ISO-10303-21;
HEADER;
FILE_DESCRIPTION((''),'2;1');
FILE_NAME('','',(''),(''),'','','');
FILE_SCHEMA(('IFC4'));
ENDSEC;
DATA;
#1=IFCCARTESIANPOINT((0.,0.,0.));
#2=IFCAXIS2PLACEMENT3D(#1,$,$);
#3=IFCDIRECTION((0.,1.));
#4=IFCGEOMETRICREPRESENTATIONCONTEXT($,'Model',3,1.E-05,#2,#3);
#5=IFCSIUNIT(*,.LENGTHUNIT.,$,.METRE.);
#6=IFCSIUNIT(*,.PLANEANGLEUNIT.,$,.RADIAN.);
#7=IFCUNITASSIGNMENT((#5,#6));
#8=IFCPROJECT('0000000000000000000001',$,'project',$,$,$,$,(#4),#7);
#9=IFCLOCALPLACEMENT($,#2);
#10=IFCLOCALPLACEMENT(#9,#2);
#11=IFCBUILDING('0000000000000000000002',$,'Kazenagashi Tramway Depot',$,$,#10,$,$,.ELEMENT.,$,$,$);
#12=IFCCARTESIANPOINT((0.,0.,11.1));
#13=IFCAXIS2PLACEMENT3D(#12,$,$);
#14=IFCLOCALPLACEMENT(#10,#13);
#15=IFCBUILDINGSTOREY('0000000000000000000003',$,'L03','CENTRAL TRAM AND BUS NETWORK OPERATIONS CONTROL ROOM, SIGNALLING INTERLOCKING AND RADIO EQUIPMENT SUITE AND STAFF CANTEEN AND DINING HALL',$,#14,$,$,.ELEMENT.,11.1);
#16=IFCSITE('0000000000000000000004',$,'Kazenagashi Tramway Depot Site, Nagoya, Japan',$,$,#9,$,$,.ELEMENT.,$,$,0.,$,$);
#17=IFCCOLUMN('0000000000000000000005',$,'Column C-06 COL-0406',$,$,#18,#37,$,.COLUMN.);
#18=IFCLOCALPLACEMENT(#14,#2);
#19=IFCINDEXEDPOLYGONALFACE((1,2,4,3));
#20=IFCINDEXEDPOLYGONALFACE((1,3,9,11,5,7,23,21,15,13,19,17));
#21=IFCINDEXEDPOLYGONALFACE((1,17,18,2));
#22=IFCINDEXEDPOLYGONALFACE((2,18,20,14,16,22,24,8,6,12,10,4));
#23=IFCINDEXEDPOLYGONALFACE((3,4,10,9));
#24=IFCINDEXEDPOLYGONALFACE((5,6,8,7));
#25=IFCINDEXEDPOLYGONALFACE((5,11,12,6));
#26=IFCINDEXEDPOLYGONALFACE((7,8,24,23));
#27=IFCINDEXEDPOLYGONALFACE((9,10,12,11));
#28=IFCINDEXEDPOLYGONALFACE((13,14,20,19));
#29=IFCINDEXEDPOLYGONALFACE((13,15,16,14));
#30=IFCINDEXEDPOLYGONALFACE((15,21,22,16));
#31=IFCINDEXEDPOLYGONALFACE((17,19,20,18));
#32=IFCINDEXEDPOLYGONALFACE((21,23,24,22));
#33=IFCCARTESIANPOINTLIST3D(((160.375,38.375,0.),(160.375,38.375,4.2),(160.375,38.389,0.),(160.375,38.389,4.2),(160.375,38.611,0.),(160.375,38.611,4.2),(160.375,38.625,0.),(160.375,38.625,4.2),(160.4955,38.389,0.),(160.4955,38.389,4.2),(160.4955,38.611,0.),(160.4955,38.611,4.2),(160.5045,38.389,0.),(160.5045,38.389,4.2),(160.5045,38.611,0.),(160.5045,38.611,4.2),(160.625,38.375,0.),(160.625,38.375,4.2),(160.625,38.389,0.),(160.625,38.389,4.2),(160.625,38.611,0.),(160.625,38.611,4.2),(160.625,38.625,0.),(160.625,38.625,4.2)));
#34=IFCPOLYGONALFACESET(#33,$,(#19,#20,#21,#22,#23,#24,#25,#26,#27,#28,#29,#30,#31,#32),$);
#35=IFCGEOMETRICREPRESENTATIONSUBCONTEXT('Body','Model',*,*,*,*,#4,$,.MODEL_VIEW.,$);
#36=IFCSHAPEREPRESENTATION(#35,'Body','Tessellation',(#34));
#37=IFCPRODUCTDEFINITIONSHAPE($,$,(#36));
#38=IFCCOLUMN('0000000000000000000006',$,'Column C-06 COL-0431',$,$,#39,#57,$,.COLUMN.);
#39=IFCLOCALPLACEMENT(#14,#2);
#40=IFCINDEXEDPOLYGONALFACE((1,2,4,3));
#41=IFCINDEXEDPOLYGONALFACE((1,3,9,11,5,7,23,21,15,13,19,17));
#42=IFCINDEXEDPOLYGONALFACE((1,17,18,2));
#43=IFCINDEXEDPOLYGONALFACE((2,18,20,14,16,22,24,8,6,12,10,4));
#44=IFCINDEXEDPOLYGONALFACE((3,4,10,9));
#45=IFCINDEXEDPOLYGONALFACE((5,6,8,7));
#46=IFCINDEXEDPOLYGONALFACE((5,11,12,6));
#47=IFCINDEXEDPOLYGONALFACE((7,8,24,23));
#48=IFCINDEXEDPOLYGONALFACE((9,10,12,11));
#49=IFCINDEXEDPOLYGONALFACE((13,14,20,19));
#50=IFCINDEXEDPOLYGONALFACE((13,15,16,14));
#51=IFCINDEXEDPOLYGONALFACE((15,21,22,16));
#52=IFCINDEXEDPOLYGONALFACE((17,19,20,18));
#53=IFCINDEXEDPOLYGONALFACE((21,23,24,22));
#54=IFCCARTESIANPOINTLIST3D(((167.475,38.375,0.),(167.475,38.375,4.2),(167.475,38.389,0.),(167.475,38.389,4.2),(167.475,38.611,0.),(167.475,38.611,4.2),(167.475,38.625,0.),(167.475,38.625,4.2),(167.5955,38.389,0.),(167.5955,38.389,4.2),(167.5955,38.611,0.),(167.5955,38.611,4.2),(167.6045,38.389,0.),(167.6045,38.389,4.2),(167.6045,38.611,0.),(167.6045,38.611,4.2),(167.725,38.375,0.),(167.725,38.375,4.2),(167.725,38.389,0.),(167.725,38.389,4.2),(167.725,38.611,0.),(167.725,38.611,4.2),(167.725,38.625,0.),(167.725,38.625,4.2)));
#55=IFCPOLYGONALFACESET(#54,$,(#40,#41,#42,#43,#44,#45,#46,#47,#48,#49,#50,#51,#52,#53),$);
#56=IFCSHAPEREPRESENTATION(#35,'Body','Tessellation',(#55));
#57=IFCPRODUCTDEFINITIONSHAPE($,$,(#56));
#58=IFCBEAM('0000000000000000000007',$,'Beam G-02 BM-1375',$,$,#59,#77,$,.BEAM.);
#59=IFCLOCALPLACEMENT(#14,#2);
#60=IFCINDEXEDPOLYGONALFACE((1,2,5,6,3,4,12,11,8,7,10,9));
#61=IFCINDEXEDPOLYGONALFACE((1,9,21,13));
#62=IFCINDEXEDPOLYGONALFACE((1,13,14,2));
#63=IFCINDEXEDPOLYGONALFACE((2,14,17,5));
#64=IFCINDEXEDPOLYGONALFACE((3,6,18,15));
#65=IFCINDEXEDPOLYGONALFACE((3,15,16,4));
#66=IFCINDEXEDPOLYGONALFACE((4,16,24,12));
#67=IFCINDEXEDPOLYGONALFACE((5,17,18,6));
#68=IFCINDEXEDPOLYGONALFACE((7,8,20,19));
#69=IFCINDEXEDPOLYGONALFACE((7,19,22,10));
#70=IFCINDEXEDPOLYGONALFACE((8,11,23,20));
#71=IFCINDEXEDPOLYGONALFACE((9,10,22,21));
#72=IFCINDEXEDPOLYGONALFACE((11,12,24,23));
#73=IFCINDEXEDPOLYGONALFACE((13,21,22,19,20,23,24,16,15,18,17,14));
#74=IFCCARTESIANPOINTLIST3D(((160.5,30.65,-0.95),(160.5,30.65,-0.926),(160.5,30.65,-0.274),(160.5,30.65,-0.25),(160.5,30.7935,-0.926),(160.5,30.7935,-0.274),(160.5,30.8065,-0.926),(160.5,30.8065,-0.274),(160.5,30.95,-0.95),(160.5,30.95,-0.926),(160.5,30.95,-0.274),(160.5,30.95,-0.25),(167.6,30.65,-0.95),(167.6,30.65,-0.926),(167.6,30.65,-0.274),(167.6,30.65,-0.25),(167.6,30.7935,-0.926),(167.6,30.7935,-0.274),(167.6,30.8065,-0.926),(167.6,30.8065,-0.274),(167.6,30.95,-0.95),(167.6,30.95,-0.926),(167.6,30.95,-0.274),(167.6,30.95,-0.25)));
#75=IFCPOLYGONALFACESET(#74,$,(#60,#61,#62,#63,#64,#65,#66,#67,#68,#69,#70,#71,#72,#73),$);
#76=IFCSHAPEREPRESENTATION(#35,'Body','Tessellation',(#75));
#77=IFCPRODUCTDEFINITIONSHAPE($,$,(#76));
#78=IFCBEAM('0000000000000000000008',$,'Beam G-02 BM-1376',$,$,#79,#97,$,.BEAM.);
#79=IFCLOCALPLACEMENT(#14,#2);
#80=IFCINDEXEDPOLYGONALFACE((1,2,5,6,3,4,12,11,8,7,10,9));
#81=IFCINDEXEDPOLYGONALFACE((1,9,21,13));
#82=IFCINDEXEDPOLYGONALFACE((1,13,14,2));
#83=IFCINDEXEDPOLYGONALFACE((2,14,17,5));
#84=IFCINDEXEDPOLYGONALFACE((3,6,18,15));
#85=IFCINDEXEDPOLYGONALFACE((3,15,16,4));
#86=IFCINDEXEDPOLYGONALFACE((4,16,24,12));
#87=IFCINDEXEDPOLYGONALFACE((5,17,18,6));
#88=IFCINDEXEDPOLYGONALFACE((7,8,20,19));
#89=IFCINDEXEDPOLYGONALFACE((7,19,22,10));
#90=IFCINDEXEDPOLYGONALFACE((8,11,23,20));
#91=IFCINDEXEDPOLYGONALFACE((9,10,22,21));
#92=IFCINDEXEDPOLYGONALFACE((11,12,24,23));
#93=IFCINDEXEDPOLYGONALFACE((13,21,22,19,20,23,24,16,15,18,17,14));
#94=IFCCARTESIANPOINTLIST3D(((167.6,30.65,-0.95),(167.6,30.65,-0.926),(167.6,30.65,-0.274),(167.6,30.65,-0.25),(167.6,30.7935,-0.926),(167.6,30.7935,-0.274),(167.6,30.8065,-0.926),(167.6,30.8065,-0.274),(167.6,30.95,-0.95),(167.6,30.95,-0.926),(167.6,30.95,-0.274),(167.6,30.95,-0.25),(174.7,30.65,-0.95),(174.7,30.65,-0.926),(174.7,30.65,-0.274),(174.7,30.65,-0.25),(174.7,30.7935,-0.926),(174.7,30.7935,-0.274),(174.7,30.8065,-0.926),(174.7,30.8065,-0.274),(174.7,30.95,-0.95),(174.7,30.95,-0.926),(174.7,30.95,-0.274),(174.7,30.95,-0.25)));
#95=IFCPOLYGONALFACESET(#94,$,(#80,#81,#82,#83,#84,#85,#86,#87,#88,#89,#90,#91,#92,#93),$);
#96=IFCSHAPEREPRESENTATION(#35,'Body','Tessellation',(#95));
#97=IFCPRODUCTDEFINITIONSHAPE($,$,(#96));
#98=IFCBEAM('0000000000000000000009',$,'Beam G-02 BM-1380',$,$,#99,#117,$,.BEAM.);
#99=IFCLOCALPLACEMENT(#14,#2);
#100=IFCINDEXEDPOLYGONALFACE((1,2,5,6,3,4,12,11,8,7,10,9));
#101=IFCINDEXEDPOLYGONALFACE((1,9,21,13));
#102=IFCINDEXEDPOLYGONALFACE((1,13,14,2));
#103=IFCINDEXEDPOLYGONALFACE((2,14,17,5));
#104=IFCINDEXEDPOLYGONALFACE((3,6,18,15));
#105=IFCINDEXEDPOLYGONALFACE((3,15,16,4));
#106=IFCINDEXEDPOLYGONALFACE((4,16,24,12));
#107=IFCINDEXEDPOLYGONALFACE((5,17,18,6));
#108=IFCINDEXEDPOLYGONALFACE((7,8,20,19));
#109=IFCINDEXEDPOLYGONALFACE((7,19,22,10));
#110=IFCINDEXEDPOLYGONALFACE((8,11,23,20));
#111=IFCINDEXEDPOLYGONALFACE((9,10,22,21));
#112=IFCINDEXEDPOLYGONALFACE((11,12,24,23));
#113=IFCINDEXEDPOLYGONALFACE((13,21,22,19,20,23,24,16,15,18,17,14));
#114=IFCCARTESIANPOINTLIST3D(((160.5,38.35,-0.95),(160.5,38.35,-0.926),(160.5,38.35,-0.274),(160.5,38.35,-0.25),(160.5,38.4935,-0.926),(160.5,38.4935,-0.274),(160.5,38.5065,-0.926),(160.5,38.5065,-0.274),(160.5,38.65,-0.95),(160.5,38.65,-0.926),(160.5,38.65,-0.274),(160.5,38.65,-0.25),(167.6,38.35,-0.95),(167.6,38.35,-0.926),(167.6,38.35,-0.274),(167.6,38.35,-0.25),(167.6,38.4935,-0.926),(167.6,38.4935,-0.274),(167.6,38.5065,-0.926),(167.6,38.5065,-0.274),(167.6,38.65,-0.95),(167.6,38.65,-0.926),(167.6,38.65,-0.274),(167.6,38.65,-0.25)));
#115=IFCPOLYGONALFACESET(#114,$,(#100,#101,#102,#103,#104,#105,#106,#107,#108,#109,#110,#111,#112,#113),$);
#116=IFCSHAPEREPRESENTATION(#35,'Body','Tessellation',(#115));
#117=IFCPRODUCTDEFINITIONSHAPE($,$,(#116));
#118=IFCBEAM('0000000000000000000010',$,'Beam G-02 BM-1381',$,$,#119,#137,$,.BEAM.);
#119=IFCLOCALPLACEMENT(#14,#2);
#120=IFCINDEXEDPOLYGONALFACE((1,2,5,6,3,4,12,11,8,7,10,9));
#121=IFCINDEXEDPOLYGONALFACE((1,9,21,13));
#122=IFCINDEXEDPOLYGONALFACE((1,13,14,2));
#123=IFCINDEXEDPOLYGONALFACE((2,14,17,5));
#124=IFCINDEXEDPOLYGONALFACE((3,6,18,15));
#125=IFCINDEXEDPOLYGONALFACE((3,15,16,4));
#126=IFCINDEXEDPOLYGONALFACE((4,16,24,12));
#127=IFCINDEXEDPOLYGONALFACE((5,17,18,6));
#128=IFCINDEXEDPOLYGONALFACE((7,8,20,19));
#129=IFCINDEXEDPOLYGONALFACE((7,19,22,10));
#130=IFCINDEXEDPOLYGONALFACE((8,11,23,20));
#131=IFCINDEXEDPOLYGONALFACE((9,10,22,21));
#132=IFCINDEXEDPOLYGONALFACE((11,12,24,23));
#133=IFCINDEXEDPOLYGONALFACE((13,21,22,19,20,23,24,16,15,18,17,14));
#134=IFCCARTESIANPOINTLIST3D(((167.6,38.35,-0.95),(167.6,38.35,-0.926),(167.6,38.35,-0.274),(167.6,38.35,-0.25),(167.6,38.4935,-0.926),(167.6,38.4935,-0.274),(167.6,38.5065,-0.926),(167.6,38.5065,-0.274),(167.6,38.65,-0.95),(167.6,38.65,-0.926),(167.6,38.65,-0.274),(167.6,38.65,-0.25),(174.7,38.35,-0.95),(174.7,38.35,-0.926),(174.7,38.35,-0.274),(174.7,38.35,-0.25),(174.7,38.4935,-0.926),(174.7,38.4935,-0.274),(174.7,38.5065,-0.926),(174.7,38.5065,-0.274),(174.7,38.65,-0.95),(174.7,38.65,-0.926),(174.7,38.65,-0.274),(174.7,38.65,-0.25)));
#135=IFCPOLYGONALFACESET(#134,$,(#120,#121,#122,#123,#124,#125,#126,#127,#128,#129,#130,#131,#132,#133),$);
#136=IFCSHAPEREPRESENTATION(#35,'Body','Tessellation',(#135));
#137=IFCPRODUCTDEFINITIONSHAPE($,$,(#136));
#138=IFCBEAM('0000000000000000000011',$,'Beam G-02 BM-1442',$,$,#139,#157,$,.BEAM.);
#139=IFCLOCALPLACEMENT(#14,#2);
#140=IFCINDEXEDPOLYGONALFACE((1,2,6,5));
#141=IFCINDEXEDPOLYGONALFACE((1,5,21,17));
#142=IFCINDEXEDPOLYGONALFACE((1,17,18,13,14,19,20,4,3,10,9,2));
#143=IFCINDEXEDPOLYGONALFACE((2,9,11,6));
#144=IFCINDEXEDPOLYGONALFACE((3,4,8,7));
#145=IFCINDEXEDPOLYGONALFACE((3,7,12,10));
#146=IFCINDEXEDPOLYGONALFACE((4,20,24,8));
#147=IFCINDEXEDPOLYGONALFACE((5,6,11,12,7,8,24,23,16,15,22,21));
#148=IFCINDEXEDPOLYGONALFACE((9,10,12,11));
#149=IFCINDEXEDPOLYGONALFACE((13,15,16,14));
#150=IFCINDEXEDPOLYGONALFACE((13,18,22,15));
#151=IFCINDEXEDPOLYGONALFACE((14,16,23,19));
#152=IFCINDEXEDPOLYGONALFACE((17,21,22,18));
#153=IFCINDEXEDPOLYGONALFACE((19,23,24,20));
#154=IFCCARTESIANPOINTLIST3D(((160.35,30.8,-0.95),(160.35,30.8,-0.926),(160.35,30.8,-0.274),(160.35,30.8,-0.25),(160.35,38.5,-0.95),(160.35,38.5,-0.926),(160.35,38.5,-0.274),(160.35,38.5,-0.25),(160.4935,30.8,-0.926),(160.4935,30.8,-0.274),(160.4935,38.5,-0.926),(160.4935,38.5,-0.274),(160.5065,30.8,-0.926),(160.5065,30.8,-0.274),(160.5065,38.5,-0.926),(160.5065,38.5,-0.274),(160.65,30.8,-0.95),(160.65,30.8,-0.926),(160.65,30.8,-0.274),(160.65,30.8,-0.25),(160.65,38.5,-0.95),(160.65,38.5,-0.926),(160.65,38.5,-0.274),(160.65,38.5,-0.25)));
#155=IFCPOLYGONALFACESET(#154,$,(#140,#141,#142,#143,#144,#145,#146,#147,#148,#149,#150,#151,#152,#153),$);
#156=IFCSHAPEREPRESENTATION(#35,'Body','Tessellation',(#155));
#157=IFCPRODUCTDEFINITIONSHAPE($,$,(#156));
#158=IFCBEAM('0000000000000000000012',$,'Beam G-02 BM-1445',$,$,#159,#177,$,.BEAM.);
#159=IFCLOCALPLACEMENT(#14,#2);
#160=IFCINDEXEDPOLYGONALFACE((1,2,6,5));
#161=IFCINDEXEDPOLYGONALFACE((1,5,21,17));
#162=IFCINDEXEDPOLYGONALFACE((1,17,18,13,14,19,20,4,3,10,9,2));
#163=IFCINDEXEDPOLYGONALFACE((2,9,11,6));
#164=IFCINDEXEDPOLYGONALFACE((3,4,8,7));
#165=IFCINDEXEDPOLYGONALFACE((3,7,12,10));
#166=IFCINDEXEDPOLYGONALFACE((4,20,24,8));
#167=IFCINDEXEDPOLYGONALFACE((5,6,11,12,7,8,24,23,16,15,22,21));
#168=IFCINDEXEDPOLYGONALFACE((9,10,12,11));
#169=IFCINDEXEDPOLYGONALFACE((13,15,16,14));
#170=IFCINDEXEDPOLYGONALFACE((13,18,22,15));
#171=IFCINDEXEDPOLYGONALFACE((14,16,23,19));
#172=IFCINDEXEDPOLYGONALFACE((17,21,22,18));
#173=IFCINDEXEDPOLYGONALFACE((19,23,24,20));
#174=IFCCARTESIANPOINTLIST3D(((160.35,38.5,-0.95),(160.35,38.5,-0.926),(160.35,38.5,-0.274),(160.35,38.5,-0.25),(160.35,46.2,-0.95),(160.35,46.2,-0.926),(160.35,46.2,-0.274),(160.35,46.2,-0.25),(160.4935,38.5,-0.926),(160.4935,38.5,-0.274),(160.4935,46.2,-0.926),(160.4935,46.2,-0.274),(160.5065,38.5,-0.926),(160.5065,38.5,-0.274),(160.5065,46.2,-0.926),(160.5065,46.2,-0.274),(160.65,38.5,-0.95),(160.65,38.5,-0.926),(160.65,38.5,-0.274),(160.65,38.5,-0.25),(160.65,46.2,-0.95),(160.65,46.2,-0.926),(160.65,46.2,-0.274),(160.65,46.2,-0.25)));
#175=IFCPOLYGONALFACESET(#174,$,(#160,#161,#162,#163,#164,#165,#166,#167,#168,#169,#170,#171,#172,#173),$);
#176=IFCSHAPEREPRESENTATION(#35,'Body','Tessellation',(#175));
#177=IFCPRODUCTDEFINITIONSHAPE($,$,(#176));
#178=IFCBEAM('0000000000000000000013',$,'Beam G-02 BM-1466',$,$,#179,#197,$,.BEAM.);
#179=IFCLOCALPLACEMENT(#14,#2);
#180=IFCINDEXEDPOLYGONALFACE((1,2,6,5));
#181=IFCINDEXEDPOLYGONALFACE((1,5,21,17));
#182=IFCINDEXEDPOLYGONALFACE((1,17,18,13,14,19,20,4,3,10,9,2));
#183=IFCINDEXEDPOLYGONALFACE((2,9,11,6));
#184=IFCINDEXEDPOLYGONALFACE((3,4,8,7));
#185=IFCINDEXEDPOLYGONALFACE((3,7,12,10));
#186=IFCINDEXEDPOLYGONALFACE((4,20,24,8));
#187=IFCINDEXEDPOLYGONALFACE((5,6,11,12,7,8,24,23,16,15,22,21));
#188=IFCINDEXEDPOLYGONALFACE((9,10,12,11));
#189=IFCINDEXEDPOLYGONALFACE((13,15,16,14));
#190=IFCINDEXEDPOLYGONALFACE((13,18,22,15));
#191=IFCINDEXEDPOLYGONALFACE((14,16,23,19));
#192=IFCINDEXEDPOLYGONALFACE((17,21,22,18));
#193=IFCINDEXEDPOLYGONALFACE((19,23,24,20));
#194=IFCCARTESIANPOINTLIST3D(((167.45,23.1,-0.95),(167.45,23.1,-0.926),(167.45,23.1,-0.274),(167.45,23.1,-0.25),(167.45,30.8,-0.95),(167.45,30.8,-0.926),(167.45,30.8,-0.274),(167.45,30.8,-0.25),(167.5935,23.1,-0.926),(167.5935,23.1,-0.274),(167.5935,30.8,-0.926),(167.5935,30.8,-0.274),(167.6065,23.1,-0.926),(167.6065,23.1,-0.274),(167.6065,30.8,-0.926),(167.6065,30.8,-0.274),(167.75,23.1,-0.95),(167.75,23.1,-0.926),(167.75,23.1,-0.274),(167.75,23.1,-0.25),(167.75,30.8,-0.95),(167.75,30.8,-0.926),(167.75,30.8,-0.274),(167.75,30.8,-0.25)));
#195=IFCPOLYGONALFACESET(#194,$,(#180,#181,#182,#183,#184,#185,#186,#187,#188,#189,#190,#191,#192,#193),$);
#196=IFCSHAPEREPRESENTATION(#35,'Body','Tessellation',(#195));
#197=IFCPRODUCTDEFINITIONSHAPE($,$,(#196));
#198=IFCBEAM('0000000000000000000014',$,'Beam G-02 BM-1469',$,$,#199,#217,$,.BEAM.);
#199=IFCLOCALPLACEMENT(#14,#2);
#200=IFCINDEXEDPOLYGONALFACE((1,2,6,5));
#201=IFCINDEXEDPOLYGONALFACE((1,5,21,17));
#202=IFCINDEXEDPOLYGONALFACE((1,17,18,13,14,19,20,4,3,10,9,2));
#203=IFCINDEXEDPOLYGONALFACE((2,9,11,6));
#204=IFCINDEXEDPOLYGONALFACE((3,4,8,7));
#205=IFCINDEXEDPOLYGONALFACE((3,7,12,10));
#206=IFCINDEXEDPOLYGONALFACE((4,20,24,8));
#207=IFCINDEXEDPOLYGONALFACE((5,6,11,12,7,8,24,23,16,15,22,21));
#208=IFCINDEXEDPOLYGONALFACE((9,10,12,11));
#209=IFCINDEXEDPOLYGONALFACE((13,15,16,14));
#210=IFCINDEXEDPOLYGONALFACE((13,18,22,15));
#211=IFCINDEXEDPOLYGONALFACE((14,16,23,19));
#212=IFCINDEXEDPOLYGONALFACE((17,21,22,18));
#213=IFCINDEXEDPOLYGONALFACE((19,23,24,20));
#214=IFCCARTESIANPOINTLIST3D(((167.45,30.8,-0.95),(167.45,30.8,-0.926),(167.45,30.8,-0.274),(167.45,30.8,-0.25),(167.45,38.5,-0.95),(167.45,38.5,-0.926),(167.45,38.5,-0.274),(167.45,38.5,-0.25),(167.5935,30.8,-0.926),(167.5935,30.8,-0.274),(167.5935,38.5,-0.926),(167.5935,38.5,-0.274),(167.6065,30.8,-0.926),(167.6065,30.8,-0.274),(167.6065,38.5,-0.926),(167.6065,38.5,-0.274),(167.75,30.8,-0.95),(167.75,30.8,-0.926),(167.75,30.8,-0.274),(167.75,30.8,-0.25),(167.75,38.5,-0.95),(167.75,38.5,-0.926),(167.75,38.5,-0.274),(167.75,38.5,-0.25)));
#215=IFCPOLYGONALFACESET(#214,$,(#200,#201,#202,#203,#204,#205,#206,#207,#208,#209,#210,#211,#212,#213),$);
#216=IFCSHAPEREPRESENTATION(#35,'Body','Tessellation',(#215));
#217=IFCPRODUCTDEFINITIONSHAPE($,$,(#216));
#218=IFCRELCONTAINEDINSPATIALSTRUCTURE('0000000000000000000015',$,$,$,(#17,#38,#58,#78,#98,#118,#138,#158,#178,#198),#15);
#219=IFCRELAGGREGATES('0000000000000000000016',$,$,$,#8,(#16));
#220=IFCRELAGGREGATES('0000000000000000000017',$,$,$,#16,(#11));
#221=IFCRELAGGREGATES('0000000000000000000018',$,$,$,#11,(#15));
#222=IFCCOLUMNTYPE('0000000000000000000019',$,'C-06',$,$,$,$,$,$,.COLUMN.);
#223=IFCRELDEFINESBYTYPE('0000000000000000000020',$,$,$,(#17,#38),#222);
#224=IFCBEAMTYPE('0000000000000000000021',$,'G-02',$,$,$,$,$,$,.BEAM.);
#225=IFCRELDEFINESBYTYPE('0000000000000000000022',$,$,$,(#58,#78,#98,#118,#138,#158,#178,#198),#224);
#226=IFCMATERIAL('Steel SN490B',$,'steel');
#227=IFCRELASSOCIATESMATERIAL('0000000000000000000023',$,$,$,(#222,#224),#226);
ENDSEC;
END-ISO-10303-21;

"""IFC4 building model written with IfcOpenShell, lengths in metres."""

from ifc_helpers import new_model, si_unit, direction, frame, origin, origin_2d, place, context, subcontext, project, spatial, i_section, extrude, material, material_profile, profile_set, type_object, element, save


model = new_model("IFC4")

# Units and contexts
model_context = context("Model", 3, precision=1e-05, world=origin(), true_north=direction((0.0, 1.0)))
body_context = subcontext(model_context, "Body", "Model", "MODEL_VIEW")
ifc_project = project(units=[si_unit("LENGTHUNIT", "METRE"), si_unit("PLANEANGLEUNIT", "RADIAN")], contexts=[model_context])

# Site, building, storey
site_placement = place(None, origin())
site = spatial("IfcSite", under=ifc_project, at=site_placement, Name="Kazenagashi Tramway Depot Site, Nagoya, Japan", CompositionType="ELEMENT", RefElevation=0.0)
building_placement = place(site_placement, origin())
building = spatial("IfcBuilding", under=site, at=building_placement, Name="Kazenagashi Tramway Depot", CompositionType="ELEMENT")
storey_placement = place(building_placement, frame((0.0, 0.0, 11.1)))
storey = spatial("IfcBuildingStorey", under=building, at=storey_placement, Name="L03", Description="CENTRAL TRAM AND BUS NETWORK OPERATIONS CONTROL ROOM, SIGNALLING INTERLOCKING AND RADIO EQUIPMENT SUITE AND STAFF CANTEEN AND DINING HALL", CompositionType="ELEMENT", Elevation=11.1)

# Columns
ifc_material_1 = material(Name="Steel SN490B", Category="steel")
ifc_material_profile_1 = material_profile(ifc_material_1, i_section(OverallWidth=0.25, OverallDepth=0.25, WebThickness=0.009, FlangeThickness=0.014, at=origin_2d()), Name="H-250x250x9x14")
ifc_profile_set_1 = profile_set([ifc_material_profile_1], Name="Steel SN490B")
column_type = type_object("IfcColumnType", Name="C-06", PredefinedType="COLUMN", material=ifc_profile_set_1)
for number, where, z_axis, x_axis, name in (
    (1, (160.5, 38.5, 0.0), (0.0, 0.0, 1.0), (1.0, 0.0, 0.0), "Column C-06 COL-0406"),
    (2, (167.6, 38.5, 0.0), (0.0, 0.0, 1.0), (1.0, 0.0, 0.0), "Column C-06 COL-0431"),
):
    element("IfcColumn", number, at=place(storey_placement, frame(where, z_axis=z_axis, x_axis=x_axis)), inside=storey, type_object=column_type, Name=name, PredefinedType="COLUMN", context=body_context, shape_type="SweptSolid", body=[
        extrude(i_section(OverallWidth=0.25, OverallDepth=0.25, WebThickness=0.009, FlangeThickness=0.014, at=origin_2d()), origin(), (0.0, 0.0, 1.0), 4.2),
    ])

# Beams
ifc_material_profile_2 = material_profile(ifc_material_1, i_section(OverallWidth=0.3, OverallDepth=0.7, WebThickness=0.013, FlangeThickness=0.024, at=origin_2d()), Name="H-700x300x13x24")
ifc_profile_set_2 = profile_set([ifc_material_profile_2], Name="Steel SN490B")
beam_type_1 = type_object("IfcBeamType", Name="G-02", PredefinedType="BEAM", material=ifc_profile_set_2)
for number, where, z_axis, x_axis, name in (
    (3, (160.5, 30.8, -0.6), (1.0, 0.0, 0.0), (0.0, 1.0, 0.0), "Beam G-02 BM-1375"),
    (4, (167.6, 30.8, -0.6), (1.0, 0.0, 0.0), (0.0, 1.0, 0.0), "Beam G-02 BM-1376"),
    (5, (160.5, 38.5, -0.6), (1.0, 0.0, 0.0), (0.0, 1.0, 0.0), "Beam G-02 BM-1380"),
    (6, (167.6, 38.5, -0.6), (1.0, 0.0, 0.0), (0.0, 1.0, 0.0), "Beam G-02 BM-1381"),
):
    element("IfcBeam", number, at=place(storey_placement, frame(where, z_axis=z_axis, x_axis=x_axis)), inside=storey, type_object=beam_type_1, Name=name, PredefinedType="BEAM", context=body_context, shape_type="SweptSolid", body=[
        extrude(i_section(OverallWidth=0.3, OverallDepth=0.7, WebThickness=0.013, FlangeThickness=0.024, at=origin_2d()), origin(), (0.0, 0.0, 1.0), 7.1),
    ])
for number, where, z_axis, x_axis, name in (
    (7, (160.5, 30.8, -0.6), (0.0, 1.0, 0.0), (-1.0, 0.0, 0.0), "Beam G-02 BM-1442"),
    (8, (160.5, 38.5, -0.6), (0.0, 1.0, 0.0), (-1.0, 0.0, 0.0), "Beam G-02 BM-1445"),
    (9, (167.6, 23.1, -0.6), (0.0, 1.0, 0.0), (-1.0, 0.0, 0.0), "Beam G-02 BM-1466"),
    (10, (167.6, 30.8, -0.6), (0.0, 1.0, 0.0), (-1.0, 0.0, 0.0), "Beam G-02 BM-1469"),
):
    element("IfcBeam", number, at=place(storey_placement, frame(where, z_axis=z_axis, x_axis=x_axis)), inside=storey, type_object=beam_type_1, Name=name, PredefinedType="BEAM", context=body_context, shape_type="SweptSolid", body=[
        extrude(i_section(OverallWidth=0.3, OverallDepth=0.7, WebThickness=0.013, FlangeThickness=0.024, at=origin_2d()), origin(), (0.0, 0.0, 1.0), 7.7),
    ])

save(model, "model.ifc")
